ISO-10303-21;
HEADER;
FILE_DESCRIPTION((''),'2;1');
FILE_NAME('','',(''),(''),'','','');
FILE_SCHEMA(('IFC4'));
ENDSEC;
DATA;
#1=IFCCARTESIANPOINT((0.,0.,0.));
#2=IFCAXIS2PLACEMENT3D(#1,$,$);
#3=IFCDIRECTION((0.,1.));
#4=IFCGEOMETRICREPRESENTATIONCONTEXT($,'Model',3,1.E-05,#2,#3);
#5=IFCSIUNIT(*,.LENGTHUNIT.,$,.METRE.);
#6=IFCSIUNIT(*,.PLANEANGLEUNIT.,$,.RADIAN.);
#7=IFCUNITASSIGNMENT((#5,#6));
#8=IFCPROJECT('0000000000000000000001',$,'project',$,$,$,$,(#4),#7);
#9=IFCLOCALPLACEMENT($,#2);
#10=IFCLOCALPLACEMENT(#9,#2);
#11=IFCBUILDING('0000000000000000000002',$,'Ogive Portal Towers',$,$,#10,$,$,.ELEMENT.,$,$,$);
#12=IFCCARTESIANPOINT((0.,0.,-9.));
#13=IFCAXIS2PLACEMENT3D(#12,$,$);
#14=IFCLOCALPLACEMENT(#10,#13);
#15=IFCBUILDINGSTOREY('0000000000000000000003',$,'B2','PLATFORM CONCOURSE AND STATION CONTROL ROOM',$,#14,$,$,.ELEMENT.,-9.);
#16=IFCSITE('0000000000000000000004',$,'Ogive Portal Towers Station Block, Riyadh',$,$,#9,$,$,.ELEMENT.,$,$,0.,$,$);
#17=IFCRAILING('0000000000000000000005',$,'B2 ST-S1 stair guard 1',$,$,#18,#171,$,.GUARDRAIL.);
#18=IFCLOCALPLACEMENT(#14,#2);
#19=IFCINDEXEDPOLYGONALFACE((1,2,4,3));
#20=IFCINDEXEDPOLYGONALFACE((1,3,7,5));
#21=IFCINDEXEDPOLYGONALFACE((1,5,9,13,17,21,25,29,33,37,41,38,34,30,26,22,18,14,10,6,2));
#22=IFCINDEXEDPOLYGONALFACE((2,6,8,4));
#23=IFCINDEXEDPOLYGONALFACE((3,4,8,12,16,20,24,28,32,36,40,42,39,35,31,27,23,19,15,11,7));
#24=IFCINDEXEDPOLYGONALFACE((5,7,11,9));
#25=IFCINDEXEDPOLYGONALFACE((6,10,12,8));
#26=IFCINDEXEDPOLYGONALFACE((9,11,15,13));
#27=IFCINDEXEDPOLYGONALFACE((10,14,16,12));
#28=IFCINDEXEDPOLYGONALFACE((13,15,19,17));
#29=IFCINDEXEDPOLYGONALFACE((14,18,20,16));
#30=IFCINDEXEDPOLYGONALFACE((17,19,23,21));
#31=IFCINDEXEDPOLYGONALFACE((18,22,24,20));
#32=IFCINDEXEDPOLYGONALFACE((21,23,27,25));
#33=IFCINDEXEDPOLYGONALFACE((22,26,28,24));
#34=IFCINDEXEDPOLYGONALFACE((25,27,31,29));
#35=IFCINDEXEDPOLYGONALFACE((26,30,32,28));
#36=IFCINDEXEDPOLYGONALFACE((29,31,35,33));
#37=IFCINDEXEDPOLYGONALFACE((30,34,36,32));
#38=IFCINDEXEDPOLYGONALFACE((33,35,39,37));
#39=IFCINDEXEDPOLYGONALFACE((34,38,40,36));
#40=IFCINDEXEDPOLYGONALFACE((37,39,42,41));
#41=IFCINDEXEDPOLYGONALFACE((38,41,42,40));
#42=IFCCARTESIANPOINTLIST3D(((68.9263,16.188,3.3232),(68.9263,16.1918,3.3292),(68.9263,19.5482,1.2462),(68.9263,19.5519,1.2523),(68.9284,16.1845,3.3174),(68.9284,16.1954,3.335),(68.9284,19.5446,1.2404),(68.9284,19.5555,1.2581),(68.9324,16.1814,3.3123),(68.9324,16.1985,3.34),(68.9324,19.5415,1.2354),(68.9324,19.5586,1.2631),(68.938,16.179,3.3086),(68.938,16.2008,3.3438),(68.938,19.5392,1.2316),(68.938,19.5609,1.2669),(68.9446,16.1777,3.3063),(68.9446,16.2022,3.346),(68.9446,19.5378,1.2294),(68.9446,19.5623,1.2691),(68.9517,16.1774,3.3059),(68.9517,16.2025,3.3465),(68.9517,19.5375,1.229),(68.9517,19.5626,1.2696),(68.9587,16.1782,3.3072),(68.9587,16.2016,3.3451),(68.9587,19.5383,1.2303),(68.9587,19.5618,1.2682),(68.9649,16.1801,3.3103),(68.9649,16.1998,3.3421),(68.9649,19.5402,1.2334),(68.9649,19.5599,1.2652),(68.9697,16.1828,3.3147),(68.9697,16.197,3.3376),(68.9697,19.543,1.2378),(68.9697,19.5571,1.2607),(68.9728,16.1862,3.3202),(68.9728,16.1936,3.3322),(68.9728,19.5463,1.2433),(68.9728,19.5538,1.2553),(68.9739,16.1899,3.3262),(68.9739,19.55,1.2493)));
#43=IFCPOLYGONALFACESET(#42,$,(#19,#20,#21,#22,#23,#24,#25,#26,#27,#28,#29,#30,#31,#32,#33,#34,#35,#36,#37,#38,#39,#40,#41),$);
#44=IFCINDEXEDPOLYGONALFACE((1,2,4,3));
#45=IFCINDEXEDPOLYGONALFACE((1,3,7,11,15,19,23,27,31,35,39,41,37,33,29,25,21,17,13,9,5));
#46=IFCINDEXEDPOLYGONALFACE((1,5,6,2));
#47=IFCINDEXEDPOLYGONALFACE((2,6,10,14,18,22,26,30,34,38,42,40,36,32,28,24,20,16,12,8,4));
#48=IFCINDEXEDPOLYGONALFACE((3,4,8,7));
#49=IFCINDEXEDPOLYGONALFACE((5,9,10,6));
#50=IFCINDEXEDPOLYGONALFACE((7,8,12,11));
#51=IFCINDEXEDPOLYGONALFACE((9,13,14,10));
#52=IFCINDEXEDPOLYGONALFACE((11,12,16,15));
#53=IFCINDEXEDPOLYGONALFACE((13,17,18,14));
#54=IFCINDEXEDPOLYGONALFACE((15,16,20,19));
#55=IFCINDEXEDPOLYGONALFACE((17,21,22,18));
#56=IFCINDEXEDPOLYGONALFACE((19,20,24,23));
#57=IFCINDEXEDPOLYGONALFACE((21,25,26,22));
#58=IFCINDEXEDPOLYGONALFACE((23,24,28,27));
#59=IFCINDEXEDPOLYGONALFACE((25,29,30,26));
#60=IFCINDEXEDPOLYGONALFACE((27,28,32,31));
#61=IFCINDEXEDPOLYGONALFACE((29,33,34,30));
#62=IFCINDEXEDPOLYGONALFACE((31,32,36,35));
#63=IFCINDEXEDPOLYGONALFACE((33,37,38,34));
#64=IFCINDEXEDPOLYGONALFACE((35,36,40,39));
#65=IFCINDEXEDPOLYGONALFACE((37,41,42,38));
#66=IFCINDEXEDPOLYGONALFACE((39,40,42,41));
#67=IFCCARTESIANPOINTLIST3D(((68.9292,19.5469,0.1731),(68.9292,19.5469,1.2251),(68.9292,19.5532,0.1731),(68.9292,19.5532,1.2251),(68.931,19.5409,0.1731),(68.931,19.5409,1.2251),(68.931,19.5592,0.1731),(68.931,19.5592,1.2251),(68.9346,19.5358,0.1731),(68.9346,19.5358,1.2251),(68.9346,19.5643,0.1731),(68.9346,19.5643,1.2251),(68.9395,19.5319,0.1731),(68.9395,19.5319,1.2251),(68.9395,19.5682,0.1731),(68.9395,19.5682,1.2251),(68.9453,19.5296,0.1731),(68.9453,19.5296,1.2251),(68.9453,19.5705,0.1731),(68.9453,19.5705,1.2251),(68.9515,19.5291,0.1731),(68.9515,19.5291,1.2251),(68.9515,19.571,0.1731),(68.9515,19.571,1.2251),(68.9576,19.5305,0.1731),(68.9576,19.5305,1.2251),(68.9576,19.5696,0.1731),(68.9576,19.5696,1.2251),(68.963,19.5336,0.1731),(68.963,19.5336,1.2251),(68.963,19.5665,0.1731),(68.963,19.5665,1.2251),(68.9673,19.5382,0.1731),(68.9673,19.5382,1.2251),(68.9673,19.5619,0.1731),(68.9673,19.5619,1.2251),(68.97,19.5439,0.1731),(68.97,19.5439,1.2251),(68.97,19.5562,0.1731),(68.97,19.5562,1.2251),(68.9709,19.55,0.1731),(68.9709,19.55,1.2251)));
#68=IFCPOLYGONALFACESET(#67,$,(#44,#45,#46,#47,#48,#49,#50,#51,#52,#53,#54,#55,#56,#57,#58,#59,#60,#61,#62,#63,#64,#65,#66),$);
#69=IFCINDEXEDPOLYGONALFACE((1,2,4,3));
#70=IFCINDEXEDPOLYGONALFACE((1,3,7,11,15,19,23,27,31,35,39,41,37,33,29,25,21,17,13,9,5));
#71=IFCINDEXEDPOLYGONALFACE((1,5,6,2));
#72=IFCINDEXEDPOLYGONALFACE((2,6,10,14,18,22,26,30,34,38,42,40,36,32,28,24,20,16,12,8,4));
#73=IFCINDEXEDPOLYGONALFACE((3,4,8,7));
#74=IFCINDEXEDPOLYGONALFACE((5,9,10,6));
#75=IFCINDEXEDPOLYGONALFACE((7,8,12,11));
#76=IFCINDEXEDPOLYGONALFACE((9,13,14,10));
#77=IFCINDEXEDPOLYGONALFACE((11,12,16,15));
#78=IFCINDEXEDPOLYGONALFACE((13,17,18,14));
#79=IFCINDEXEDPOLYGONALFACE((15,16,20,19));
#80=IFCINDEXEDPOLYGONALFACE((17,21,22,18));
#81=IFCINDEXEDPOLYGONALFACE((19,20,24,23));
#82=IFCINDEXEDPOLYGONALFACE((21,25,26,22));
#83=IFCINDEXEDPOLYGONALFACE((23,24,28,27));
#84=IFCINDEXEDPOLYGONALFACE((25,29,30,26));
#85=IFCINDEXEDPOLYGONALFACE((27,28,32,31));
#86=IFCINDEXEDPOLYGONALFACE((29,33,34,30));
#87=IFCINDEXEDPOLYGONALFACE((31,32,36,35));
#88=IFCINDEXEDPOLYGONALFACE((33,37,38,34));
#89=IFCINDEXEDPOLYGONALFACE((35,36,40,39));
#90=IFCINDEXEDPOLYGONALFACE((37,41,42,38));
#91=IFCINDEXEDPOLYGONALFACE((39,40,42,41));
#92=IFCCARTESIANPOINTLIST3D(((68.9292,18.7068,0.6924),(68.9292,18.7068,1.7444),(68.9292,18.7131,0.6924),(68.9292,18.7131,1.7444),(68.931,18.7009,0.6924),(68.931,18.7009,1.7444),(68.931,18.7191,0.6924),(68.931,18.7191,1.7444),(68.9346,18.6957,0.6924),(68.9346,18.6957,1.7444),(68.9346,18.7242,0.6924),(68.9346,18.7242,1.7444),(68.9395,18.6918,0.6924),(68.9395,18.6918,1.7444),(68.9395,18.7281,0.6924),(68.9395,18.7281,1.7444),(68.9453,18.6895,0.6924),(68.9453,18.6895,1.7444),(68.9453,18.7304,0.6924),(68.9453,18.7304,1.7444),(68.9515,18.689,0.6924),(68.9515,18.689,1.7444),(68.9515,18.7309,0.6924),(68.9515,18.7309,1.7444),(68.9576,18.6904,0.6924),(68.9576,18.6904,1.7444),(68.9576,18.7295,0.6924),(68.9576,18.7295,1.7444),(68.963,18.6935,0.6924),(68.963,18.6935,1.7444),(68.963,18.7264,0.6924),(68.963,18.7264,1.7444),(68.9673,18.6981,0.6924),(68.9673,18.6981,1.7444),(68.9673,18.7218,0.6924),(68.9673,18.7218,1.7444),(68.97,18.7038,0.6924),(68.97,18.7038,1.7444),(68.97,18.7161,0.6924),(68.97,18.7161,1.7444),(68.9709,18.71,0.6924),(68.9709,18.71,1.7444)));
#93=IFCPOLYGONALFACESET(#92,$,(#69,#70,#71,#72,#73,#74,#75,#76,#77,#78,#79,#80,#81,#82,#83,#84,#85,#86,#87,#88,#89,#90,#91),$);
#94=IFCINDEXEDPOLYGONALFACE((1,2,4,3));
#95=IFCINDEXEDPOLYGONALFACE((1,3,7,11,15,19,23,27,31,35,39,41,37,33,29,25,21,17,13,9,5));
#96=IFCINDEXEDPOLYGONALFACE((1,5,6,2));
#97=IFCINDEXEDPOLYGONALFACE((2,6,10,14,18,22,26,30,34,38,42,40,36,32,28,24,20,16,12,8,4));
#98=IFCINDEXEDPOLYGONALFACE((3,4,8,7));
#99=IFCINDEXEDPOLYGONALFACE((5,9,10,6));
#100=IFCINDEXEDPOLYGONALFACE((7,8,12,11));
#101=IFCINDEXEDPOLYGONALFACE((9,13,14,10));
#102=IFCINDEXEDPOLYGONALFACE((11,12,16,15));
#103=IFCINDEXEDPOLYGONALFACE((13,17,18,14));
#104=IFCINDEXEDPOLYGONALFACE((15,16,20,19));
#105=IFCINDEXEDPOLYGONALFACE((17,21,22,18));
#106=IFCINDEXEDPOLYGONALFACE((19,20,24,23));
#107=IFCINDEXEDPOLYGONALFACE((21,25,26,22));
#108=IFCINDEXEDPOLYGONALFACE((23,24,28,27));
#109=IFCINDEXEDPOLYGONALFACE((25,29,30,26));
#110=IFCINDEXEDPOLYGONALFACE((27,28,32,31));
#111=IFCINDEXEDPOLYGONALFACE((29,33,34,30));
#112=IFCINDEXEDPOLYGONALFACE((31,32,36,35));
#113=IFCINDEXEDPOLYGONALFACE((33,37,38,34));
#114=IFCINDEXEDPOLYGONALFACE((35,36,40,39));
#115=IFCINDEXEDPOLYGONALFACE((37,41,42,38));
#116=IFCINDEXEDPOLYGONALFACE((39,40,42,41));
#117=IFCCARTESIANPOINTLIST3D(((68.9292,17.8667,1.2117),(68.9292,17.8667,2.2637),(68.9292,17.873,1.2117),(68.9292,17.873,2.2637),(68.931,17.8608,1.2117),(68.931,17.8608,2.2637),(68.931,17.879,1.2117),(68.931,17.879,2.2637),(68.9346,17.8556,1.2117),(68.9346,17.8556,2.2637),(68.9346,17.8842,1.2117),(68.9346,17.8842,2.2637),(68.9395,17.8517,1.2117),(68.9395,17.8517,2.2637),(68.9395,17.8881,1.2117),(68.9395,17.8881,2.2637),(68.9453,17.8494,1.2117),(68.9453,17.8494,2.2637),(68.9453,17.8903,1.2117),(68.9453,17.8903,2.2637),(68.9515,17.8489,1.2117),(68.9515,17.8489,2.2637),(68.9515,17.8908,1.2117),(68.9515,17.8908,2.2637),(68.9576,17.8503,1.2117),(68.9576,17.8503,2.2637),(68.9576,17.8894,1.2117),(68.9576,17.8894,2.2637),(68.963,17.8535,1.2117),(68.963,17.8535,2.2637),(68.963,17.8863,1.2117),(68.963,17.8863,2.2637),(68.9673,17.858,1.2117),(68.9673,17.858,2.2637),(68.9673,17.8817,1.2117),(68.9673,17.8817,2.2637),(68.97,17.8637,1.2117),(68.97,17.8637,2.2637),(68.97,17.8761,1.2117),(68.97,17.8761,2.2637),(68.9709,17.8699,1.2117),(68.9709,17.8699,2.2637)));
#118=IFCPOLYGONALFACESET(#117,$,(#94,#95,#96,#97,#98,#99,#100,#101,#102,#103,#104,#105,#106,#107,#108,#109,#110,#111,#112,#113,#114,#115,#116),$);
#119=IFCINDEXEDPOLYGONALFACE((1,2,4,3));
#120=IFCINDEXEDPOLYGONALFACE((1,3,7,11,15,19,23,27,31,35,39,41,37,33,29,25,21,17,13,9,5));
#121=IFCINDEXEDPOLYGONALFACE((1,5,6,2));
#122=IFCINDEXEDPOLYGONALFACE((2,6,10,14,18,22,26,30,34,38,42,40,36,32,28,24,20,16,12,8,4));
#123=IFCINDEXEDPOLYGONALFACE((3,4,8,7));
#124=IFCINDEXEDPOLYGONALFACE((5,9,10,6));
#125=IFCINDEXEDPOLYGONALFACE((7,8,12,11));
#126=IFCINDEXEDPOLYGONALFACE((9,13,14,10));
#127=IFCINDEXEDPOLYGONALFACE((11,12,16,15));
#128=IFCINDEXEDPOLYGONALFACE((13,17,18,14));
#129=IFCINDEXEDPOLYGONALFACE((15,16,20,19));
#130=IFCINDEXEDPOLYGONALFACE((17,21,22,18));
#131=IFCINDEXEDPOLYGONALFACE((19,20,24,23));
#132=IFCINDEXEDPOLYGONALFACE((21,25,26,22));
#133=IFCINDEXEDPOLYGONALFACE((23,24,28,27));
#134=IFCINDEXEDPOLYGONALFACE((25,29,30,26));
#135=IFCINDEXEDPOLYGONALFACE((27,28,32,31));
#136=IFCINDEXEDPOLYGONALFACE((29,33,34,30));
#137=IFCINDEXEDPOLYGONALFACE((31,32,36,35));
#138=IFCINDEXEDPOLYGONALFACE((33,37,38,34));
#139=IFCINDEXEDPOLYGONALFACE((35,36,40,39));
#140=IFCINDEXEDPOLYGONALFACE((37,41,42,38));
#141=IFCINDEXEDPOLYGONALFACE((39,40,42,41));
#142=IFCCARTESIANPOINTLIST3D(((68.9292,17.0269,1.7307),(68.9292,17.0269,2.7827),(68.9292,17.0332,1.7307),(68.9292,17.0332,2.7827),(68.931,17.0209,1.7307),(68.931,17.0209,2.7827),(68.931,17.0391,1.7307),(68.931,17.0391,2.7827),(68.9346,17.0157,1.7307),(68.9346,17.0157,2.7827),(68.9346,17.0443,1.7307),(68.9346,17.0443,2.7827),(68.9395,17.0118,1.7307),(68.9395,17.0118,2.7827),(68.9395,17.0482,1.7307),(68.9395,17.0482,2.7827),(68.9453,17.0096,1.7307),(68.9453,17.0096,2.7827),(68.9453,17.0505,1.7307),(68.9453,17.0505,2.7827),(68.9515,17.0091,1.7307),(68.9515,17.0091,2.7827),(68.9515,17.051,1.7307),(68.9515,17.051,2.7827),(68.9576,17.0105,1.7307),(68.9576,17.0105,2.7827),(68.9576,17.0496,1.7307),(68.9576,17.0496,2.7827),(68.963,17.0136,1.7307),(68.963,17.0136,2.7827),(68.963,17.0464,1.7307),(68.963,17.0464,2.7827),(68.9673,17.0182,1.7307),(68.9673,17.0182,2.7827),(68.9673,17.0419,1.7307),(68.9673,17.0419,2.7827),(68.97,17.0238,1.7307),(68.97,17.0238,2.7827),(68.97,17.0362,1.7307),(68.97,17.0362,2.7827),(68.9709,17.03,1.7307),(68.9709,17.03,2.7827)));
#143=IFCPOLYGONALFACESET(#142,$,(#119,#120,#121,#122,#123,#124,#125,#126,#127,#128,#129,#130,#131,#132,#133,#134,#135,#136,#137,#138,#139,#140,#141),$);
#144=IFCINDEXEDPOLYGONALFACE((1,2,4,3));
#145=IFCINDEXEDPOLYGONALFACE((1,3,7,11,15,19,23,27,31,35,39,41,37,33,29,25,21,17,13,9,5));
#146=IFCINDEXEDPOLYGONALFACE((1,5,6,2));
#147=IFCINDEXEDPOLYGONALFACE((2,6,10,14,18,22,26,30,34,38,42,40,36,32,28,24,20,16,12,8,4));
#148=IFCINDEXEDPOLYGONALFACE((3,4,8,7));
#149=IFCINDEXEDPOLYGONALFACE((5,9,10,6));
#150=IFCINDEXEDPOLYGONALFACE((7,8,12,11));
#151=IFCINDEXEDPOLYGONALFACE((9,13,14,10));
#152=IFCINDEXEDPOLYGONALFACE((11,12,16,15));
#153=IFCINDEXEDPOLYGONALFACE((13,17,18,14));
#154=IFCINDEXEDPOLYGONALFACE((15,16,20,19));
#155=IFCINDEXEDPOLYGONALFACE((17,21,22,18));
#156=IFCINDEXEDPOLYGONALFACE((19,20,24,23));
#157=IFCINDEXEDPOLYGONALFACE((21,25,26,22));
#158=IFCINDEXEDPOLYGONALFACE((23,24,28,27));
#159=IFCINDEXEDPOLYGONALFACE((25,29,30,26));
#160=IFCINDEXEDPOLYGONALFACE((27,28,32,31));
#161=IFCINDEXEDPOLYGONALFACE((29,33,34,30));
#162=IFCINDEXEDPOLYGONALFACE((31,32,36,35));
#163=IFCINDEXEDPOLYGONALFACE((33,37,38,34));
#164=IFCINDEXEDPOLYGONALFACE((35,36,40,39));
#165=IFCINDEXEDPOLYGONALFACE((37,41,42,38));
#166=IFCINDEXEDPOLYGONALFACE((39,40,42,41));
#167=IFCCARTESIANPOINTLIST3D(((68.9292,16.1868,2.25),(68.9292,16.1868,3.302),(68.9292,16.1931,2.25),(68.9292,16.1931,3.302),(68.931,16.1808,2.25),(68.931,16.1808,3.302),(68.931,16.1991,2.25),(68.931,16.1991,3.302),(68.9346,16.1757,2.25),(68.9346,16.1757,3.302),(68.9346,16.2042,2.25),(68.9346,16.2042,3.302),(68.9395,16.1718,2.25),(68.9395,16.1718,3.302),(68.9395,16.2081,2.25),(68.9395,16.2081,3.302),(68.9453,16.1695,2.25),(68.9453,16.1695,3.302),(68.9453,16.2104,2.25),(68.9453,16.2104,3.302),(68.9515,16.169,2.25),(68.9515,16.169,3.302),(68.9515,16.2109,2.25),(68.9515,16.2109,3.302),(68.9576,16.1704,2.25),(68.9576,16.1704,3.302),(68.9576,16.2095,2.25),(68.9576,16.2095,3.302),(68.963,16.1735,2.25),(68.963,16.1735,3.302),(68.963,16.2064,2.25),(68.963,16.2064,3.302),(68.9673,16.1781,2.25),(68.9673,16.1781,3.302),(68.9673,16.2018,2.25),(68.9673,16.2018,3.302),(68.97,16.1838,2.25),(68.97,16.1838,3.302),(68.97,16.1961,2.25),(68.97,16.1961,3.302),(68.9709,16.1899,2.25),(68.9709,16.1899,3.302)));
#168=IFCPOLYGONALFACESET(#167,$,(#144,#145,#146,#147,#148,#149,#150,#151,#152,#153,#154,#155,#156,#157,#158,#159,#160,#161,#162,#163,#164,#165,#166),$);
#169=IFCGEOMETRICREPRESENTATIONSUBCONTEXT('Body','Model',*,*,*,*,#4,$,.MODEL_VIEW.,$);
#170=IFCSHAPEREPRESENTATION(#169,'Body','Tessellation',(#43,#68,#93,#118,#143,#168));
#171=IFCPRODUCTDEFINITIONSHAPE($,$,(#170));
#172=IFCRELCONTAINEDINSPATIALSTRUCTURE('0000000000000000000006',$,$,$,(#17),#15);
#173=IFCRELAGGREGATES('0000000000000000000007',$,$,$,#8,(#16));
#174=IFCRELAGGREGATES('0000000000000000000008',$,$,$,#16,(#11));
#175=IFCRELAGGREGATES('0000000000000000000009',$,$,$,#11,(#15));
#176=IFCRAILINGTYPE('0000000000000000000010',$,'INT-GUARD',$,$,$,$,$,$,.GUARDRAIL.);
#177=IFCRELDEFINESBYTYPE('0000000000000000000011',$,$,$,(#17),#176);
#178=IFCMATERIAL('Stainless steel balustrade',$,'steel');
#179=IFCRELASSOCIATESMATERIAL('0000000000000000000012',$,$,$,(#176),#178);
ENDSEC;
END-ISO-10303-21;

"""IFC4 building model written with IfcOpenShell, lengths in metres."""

from ifc_helpers import new_model, si_unit, direction, frame, origin, origin_2d, place, context, subcontext, project, spatial, circle, extrude, material, type_object, element, save


model = new_model("IFC4")

# Units and contexts
model_context = context("Model", 3, precision=1e-05, world=origin(), true_north=direction((0.0, 1.0)))
body_context = subcontext(model_context, "Body", "Model", "MODEL_VIEW")
ifc_project = project(units=[si_unit("LENGTHUNIT", "METRE"), si_unit("PLANEANGLEUNIT", "RADIAN")], contexts=[model_context])

# Site, building, storey
site_placement = place(None, origin())
site = spatial("IfcSite", under=ifc_project, at=site_placement, Name="Ogive Portal Towers Station Block, Riyadh", CompositionType="ELEMENT", RefElevation=0.0)
building_placement = place(site_placement, origin())
building = spatial("IfcBuilding", under=site, at=building_placement, Name="Ogive Portal Towers", CompositionType="ELEMENT")
storey_placement = place(building_placement, frame((0.0, 0.0, -9.0)))
storey = spatial("IfcBuildingStorey", under=building, at=storey_placement, Name="B2", Description="PLATFORM CONCOURSE AND STATION CONTROL ROOM", CompositionType="ELEMENT", Elevation=-9.0)

# Railing
ifc_material_1 = material(Name="Stainless steel balustrade", Category="steel")
railing_type_1 = type_object("IfcRailingType", Name="INT-GUARD", PredefinedType="GUARDRAIL", material=ifc_material_1)
railing_1_placement = place(storey_placement, frame((68.95, 19.55, 0.1731)))
element("IfcRailing", 1, at=railing_1_placement, inside=storey, type_object=railing_type_1, Name="B2 ST-S1 stair guard 1", PredefinedType="GUARDRAIL", context=body_context, shape_type="SweptSolid", body=[
    extrude(circle(Radius=0.0239, at=origin_2d()), frame((0.0, 0.0, 1.0762), z_axis=(0.0, -0.850623, 0.525776), x_axis=(1.0, 0.0, 0.0)), (0.0, 0.0, 1.0), 3.9502),
    extrude(circle(Radius=0.021, at=origin_2d()), origin(), (0.0, 0.0, 1.0), 1.052),
    extrude(circle(Radius=0.021, at=origin_2d()), frame((0.0, -0.8401, 0.5193)), (0.0, 0.0, 1.0), 1.052),
    extrude(circle(Radius=0.021, at=origin_2d()), frame((0.0, -1.6802, 1.0386)), (0.0, 0.0, 1.0), 1.052),
    extrude(circle(Radius=0.021, at=origin_2d()), frame((0.0, -2.52, 1.5576)), (0.0, 0.0, 1.0), 1.052),
    extrude(circle(Radius=0.021, at=origin_2d()), frame((0.0, -3.3601, 2.0769)), (0.0, 0.0, 1.0), 1.052),
])

save(model, "model.ifc")
